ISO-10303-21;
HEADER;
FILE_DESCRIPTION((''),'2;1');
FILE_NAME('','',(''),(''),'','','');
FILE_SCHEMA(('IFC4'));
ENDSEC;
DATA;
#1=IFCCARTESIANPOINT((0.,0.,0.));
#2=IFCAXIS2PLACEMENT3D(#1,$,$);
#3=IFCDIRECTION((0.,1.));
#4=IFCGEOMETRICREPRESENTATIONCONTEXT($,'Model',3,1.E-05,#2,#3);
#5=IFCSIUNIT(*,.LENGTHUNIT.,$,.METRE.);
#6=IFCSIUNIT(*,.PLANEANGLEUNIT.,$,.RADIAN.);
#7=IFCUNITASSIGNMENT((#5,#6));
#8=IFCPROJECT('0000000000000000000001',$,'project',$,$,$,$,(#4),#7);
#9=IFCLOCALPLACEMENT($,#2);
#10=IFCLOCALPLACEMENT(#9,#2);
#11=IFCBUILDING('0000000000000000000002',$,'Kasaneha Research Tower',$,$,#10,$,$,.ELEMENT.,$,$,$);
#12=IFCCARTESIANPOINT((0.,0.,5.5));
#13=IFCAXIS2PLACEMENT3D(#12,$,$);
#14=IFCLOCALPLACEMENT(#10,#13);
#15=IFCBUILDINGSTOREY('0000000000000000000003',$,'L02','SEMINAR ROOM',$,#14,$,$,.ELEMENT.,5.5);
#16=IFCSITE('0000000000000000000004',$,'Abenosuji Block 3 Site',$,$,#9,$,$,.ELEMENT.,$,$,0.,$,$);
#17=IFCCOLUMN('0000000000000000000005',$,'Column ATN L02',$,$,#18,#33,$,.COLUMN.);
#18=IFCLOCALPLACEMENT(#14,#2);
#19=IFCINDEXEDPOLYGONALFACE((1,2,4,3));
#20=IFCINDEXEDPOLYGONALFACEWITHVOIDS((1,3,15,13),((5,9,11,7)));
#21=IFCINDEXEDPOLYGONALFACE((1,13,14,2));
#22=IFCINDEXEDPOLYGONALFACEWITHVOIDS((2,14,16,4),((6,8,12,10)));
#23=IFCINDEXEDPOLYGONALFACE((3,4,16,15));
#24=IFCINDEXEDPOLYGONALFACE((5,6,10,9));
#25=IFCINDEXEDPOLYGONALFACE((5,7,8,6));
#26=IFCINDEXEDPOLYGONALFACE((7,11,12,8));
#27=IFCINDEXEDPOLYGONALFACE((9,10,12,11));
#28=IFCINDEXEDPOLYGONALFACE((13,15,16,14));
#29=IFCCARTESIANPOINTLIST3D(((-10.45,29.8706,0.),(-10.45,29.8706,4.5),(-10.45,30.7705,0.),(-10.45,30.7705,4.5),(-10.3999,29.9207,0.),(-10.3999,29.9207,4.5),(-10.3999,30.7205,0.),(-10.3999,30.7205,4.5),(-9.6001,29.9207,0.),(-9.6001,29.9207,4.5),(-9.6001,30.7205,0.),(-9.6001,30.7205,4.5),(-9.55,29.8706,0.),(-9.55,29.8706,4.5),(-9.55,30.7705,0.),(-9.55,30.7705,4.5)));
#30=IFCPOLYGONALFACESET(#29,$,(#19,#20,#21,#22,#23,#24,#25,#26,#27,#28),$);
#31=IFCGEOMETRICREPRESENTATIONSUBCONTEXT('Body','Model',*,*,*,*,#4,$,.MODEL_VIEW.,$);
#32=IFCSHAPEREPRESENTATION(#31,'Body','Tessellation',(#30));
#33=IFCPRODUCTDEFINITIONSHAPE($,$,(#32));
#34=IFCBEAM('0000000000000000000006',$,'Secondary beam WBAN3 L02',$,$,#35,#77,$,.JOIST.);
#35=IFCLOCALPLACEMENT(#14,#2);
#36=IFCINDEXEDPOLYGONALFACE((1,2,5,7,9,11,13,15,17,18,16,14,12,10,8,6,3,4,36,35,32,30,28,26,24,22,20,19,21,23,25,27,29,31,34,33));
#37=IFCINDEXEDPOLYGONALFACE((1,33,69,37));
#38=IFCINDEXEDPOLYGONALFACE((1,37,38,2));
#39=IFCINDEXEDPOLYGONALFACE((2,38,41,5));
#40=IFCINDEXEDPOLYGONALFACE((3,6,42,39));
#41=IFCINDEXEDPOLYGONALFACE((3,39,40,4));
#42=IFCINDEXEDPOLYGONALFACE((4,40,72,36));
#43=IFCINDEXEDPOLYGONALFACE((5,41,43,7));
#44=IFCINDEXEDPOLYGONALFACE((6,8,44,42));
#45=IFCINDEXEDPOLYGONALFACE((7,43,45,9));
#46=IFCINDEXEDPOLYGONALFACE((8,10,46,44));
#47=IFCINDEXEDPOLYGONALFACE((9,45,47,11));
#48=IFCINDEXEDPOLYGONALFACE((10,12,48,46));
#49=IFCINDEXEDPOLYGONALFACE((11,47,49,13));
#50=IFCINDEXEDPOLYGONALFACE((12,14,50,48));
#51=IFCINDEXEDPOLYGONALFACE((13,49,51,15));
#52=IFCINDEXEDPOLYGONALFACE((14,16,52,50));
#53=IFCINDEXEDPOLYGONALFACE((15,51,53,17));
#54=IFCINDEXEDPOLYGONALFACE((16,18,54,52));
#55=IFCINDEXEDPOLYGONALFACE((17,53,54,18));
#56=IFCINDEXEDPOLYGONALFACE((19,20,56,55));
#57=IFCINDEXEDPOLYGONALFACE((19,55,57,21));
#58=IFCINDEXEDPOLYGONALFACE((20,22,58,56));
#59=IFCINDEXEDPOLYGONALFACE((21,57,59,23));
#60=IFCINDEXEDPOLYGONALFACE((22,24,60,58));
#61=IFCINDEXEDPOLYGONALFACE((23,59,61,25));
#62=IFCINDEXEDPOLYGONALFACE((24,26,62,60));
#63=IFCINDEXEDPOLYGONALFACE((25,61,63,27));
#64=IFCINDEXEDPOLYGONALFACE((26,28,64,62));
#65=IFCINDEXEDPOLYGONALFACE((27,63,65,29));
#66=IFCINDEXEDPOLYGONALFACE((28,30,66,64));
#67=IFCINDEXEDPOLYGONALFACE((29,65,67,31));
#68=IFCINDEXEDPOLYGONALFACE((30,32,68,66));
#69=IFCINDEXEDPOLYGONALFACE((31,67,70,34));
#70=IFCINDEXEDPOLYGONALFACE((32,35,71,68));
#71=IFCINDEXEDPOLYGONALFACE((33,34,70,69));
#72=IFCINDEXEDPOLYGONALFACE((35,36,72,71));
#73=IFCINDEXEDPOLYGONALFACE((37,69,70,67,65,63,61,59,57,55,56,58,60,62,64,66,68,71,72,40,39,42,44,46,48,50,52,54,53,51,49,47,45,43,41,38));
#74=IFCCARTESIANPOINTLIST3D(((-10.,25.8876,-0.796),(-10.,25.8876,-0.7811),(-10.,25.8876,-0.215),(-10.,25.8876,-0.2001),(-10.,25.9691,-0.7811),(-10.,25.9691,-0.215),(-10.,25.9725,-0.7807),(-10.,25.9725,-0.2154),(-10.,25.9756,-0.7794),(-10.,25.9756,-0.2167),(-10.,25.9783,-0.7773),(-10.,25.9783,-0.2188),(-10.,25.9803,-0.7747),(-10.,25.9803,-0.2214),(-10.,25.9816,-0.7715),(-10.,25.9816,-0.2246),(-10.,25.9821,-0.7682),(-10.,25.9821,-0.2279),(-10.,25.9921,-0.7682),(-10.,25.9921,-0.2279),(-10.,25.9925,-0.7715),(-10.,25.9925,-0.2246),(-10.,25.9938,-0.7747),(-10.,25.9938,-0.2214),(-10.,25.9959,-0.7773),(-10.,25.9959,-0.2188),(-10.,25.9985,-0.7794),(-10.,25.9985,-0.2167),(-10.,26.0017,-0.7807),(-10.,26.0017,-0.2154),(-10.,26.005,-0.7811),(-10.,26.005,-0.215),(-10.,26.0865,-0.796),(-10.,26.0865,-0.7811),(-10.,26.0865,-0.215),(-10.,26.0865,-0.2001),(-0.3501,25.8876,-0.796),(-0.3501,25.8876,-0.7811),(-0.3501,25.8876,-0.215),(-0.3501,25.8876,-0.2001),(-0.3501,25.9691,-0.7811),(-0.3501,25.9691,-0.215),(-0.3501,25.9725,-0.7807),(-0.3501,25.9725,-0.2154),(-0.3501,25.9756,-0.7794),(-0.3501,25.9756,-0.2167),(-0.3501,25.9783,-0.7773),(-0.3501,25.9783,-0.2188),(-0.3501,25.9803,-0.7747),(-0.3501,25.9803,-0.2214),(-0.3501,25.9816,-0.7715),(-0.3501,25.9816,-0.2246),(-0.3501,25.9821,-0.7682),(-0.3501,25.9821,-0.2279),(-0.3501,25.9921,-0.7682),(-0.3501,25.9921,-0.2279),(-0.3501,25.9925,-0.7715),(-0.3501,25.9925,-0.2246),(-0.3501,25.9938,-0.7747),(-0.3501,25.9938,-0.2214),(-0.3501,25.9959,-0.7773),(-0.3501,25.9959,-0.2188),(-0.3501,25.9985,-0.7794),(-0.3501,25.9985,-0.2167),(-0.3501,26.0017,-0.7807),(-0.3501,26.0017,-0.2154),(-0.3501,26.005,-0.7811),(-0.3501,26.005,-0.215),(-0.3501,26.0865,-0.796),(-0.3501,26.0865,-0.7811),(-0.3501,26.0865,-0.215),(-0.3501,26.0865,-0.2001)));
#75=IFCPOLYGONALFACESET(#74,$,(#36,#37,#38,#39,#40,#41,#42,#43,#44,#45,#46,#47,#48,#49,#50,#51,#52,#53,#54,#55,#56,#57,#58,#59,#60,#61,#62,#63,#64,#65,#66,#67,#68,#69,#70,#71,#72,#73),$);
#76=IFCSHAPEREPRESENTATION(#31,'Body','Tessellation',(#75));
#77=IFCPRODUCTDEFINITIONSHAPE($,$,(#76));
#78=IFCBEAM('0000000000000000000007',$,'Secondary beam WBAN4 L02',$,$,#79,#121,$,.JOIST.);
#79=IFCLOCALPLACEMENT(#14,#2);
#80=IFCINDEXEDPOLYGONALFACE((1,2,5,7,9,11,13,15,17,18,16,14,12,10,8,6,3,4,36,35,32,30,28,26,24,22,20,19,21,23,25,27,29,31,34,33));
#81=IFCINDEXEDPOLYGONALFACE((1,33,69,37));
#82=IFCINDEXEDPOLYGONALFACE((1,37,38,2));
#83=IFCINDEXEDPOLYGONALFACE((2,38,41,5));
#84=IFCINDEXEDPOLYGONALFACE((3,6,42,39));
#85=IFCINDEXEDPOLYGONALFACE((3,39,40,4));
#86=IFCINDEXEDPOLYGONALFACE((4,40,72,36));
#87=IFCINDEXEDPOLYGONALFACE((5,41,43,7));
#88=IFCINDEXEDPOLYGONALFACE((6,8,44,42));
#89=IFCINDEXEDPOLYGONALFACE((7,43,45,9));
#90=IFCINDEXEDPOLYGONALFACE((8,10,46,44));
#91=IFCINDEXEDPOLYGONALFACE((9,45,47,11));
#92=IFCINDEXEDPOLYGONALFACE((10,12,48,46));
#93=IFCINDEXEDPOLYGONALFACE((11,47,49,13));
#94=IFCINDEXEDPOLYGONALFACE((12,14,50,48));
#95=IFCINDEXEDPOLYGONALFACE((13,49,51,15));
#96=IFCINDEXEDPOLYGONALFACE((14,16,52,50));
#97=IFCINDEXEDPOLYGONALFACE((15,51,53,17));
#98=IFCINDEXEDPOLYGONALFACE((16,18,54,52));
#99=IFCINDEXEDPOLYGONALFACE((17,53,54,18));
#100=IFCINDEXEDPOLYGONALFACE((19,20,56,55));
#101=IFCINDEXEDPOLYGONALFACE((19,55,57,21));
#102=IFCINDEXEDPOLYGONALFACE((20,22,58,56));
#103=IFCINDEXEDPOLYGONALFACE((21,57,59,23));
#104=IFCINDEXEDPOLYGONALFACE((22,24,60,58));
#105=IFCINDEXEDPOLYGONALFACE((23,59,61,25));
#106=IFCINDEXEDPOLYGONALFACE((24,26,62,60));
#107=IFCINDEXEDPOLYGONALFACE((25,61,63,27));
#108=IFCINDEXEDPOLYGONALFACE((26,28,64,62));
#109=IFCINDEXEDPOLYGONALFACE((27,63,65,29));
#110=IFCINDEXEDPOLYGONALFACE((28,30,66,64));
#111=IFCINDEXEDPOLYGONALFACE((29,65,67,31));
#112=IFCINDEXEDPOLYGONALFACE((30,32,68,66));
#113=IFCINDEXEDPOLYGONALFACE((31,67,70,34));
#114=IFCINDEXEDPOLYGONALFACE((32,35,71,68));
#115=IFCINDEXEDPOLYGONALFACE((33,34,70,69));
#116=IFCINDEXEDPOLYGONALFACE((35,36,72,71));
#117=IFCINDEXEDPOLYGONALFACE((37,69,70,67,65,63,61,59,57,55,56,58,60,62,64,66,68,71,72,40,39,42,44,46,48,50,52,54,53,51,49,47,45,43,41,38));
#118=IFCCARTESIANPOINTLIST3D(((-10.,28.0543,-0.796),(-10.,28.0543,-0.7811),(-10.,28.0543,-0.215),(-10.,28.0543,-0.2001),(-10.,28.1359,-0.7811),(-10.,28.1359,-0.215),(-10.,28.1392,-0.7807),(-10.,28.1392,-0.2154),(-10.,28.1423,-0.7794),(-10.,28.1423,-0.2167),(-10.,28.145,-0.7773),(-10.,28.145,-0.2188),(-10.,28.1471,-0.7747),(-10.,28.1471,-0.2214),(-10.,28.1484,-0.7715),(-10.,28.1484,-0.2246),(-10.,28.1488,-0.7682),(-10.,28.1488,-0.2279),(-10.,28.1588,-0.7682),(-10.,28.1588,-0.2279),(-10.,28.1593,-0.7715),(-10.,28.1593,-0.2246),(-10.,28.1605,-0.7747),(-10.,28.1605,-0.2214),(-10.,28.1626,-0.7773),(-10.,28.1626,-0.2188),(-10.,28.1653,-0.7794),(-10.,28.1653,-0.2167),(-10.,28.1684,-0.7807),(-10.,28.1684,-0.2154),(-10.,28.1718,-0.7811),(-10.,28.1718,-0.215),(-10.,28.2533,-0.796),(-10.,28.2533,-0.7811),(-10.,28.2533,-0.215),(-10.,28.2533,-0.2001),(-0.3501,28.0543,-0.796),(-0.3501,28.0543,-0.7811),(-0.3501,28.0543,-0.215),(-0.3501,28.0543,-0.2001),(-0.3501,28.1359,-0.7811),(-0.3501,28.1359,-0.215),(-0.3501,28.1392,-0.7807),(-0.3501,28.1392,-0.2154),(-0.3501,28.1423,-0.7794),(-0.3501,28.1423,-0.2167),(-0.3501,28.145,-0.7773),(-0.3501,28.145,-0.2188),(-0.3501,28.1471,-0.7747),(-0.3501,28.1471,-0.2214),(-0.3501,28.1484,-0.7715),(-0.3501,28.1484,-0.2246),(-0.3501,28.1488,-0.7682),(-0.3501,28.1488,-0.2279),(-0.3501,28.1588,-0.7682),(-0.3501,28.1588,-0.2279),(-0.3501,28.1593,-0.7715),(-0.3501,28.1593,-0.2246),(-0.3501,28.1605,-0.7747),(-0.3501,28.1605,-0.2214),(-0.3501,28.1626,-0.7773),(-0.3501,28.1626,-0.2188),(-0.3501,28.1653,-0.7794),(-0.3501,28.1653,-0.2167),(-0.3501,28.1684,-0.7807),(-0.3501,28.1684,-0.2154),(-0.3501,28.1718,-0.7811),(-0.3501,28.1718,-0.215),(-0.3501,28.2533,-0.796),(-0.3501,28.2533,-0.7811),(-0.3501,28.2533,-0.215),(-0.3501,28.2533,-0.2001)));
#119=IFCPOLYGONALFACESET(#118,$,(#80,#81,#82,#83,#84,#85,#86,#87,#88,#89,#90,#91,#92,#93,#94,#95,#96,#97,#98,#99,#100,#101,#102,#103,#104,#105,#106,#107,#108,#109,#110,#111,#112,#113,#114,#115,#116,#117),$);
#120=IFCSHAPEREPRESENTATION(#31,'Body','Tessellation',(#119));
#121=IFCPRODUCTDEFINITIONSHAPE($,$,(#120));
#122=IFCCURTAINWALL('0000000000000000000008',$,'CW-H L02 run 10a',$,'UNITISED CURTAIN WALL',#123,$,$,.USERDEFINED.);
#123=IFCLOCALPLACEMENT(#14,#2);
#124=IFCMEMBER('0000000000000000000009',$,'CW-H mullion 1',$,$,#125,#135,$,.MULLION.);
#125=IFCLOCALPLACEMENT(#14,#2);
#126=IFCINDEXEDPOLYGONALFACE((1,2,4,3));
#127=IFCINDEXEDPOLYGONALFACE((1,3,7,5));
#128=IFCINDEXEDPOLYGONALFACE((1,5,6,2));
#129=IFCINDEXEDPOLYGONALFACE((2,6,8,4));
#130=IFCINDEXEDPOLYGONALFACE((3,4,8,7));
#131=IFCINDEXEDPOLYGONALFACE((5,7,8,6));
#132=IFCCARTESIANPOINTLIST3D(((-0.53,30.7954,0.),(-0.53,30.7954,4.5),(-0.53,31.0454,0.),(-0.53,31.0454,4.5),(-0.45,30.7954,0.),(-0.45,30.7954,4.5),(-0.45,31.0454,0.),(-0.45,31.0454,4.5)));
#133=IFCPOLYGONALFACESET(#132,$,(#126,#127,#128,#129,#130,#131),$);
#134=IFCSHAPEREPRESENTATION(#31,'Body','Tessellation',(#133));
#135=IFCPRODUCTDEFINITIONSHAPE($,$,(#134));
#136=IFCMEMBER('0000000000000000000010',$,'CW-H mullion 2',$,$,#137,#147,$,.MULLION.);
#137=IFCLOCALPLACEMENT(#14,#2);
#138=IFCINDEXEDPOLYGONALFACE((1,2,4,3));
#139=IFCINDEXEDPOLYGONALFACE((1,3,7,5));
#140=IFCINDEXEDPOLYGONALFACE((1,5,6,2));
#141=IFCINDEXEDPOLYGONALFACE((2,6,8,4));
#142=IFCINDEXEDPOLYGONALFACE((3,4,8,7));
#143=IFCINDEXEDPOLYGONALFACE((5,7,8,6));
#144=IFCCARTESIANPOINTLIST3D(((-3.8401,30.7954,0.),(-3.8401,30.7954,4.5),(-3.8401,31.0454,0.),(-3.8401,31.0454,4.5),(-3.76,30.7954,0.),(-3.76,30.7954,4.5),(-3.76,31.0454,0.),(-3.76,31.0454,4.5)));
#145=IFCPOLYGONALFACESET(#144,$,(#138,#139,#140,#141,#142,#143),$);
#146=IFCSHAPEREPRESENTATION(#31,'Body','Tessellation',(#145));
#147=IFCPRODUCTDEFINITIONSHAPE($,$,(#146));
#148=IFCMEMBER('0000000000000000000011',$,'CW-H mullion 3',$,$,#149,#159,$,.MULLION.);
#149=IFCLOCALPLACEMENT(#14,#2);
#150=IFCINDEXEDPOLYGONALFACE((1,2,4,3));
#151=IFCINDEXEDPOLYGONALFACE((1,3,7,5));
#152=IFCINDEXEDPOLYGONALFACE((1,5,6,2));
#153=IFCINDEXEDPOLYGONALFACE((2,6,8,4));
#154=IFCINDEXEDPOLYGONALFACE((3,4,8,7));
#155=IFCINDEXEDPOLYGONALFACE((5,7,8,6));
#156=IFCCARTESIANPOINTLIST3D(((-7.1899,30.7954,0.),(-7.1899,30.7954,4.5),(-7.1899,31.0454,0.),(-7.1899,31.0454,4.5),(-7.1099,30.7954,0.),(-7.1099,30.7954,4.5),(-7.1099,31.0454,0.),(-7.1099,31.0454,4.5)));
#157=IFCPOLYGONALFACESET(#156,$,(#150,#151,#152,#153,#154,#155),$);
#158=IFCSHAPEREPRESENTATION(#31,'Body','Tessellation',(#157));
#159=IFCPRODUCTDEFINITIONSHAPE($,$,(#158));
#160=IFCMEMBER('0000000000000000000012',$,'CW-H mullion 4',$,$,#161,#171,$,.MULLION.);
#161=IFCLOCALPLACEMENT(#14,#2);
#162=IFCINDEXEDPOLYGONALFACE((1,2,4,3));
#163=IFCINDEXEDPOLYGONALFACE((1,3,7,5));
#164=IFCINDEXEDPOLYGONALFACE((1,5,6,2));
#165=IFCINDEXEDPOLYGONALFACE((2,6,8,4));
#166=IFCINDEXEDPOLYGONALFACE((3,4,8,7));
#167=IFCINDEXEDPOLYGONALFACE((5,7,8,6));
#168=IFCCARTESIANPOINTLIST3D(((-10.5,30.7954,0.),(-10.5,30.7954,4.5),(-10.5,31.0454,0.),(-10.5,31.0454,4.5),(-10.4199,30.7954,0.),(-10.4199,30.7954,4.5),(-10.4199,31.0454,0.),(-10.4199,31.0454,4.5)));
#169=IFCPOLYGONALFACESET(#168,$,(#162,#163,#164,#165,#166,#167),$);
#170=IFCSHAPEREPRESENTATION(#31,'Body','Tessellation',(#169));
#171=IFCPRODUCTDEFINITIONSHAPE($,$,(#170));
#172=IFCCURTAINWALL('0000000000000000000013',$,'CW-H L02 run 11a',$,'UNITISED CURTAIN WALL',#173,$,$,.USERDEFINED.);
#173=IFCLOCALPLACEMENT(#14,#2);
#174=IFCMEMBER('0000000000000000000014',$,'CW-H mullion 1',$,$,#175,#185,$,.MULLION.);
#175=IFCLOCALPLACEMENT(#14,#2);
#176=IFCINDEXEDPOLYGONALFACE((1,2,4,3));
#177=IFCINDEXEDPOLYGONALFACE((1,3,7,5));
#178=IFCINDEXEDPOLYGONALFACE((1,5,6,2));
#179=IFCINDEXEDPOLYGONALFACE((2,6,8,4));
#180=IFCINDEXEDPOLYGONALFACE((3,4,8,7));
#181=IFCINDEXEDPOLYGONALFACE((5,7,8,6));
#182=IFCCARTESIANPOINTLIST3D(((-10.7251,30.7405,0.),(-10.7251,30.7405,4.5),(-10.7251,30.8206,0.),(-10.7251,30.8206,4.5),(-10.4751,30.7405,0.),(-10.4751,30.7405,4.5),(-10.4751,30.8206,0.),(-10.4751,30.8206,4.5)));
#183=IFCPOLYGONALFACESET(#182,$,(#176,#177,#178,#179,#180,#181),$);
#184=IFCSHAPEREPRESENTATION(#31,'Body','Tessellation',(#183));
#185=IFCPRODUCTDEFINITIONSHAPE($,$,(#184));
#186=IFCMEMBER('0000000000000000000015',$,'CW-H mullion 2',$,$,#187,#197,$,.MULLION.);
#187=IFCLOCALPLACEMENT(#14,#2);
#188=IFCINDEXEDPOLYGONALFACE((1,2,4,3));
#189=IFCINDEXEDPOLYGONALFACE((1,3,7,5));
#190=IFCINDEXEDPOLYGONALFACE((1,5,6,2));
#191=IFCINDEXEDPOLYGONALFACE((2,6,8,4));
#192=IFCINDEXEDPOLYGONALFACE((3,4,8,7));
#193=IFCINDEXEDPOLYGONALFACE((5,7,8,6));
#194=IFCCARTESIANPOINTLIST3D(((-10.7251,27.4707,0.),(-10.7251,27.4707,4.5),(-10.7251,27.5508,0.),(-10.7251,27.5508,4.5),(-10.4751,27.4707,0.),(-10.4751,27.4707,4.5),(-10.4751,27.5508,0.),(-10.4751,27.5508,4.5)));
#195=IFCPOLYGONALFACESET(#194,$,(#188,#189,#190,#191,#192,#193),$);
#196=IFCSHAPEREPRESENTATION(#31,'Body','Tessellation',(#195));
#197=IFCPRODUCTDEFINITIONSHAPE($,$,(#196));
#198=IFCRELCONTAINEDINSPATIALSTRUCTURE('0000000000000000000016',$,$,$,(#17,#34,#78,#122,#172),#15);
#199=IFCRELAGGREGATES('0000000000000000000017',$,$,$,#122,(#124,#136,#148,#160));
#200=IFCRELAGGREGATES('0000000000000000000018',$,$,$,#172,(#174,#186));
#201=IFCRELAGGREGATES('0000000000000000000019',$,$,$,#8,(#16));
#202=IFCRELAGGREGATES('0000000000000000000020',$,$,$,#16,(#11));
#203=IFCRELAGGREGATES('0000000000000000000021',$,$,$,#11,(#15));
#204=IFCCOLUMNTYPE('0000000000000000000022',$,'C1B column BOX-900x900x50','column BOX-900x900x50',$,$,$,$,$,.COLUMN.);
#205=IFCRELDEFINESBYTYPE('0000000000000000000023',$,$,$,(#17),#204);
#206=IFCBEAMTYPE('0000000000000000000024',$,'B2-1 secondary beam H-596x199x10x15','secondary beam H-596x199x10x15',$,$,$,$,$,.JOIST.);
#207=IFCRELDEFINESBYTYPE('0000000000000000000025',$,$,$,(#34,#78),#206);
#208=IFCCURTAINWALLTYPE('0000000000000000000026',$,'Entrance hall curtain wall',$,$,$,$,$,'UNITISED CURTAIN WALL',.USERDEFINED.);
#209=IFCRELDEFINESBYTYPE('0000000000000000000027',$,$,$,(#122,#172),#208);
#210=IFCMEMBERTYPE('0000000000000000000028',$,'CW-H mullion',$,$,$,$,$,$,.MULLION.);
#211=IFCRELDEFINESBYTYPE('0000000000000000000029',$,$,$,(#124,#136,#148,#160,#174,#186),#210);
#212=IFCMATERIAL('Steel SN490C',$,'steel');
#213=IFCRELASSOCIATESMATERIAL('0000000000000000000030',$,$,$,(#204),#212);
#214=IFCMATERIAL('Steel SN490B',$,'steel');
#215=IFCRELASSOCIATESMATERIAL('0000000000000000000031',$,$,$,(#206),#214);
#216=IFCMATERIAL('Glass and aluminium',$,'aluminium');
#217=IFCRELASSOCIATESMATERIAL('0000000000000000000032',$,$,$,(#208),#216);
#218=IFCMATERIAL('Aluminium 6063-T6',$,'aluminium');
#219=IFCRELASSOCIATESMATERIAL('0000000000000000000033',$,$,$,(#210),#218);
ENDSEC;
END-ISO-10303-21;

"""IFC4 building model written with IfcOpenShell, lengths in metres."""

from ifc_helpers import new_model, si_unit, direction, frame, origin, origin_2d, place, context, subcontext, project, spatial, rectangle, hollow_rectangle, i_section, extrude, material, material_profile, profile_set, type_object, element, aggregate, save


model = new_model("IFC4")

# Units and contexts
model_context = context("Model", 3, precision=1e-05, world=origin(), true_north=direction((0.0, 1.0)))
body_context = subcontext(model_context, "Body", "Model", "MODEL_VIEW")
ifc_project = project(units=[si_unit("LENGTHUNIT", "METRE"), si_unit("PLANEANGLEUNIT", "RADIAN")], contexts=[model_context])

# Site, building, storey
site_placement = place(None, origin())
site = spatial("IfcSite", under=ifc_project, at=site_placement, Name="Abenosuji Block 3 Site", CompositionType="ELEMENT", RefElevation=0.0)
building_placement = place(site_placement, origin())
building = spatial("IfcBuilding", under=site, at=building_placement, Name="Kasaneha Research Tower", CompositionType="ELEMENT")
storey_placement = place(building_placement, frame((0.0, 0.0, 5.5)))
storey = spatial("IfcBuildingStorey", under=building, at=storey_placement, Name="L02", Description="SEMINAR ROOM", CompositionType="ELEMENT", Elevation=5.5)

# Column
ifc_material_1 = material(Name="Steel SN490C", Category="steel")
ifc_material_profile_1 = material_profile(ifc_material_1, hollow_rectangle(XDim=0.8999, YDim=0.8999, WallThickness=0.05, at=origin_2d()), Name="BOX-900x900x50")
ifc_profile_set_1 = profile_set([ifc_material_profile_1], Name="Steel SN490C")
column_type = type_object("IfcColumnType", Name="C1B column BOX-900x900x50", Description="column BOX-900x900x50", PredefinedType="COLUMN", material=ifc_profile_set_1)
column_placement = place(storey_placement, frame((-10.0, 30.3206, 0.0), z_axis=(0.0, 0.0, 1.0), x_axis=(1.0, 0.0, 0.0)))
element("IfcColumn", 1, at=column_placement, inside=storey, type_object=column_type, Name="Column ATN L02", PredefinedType="COLUMN", context=body_context, shape_type="SweptSolid", body=[
    extrude(hollow_rectangle(XDim=0.8999, YDim=0.8999, WallThickness=0.05, at=origin_2d()), origin(), (0.0, 0.0, 1.0), 4.5),
])

# Beams
ifc_material_2 = material(Name="Steel SN490B", Category="steel")
ifc_material_profile_2 = material_profile(ifc_material_2, i_section(OverallWidth=0.199, OverallDepth=0.5959, WebThickness=0.01, FlangeThickness=0.0149, FilletRadius=0.0129, at=origin_2d()), Name="H-596x199x10x15")
ifc_profile_set_2 = profile_set([ifc_material_profile_2], Name="Steel SN490B")
beam_type_1 = type_object("IfcBeamType", Name="B2-1 secondary beam H-596x199x10x15", Description="secondary beam H-596x199x10x15", PredefinedType="JOIST", material=ifc_profile_set_2)
for number, where, z_axis, x_axis, name in (
    (2, (-10.0, 25.9871, -0.498), (1.0, 0.0, 0.0), (0.0, 1.0, 0.0), "Secondary beam WBAN3 L02"),
    (3, (-10.0, 28.1538, -0.498), (1.0, 0.0, 0.0), (0.0, 1.0, 0.0), "Secondary beam WBAN4 L02"),
):
    element("IfcBeam", number, at=place(storey_placement, frame(where, z_axis=z_axis, x_axis=x_axis)), inside=storey, type_object=beam_type_1, Name=name, PredefinedType="JOIST", context=body_context, shape_type="SweptSolid", body=[
        extrude(i_section(OverallWidth=0.199, OverallDepth=0.5959, WebThickness=0.01, FlangeThickness=0.0149, FilletRadius=0.0129, at=origin_2d()), origin(), (0.0, 0.0, 1.0), 9.6499),
    ])

# Curtain walls, members
ifc_material_3 = material(Name="Glass and aluminium", Category="aluminium")
curtain_wall_type = type_object("IfcCurtainWallType", Name="Entrance hall curtain wall", ElementType="UNITISED CURTAIN WALL", PredefinedType="USERDEFINED", material=ifc_material_3)
curtain_wall_1_placement = place(storey_placement, origin())
curtain_wall_1 = element("IfcCurtainWall", 4, at=curtain_wall_1_placement, inside=storey, type_object=curtain_wall_type, Name="CW-H L02 run 10a", ObjectType="UNITISED CURTAIN WALL", PredefinedType="USERDEFINED")
ifc_material_4 = material(Name="Aluminium 6063-T6", Category="aluminium")
ifc_material_profile_3 = material_profile(ifc_material_4, rectangle(XDim=0.0801, YDim=0.25, at=origin_2d()), Name="CW-H mullion 80x250")
ifc_profile_set_3 = profile_set([ifc_material_profile_3], Name="Aluminium 6063-T6")
member_type_1 = type_object("IfcMemberType", Name="CW-H mullion", PredefinedType="MULLION", material=ifc_profile_set_3)
member_1_placement = place(storey_placement, frame((-0.49, 30.9204, 0.0), z_axis=(0.0, 0.0, 1.0), x_axis=(-1.0, 0.0, 0.0)))
member_1 = element("IfcMember", 5, at=member_1_placement, type_object=member_type_1, Name="CW-H mullion 1", PredefinedType="MULLION", context=body_context, shape_type="SweptSolid", body=[
    extrude(rectangle(XDim=0.0801, YDim=0.25, at=origin_2d()), origin(), (0.0, 0.0, 1.0), 4.5),
])
member_2_placement = place(storey_placement, frame((-3.8, 30.9204, 0.0), z_axis=(0.0, 0.0, 1.0), x_axis=(-1.0, 0.0, 0.0)))
member_2 = element("IfcMember", 6, at=member_2_placement, type_object=member_type_1, Name="CW-H mullion 2", PredefinedType="MULLION", context=body_context, shape_type="SweptSolid", body=[
    extrude(rectangle(XDim=0.0801, YDim=0.25, at=origin_2d()), origin(), (0.0, 0.0, 1.0), 4.5),
])
member_3_placement = place(storey_placement, frame((-7.1499, 30.9204, 0.0), z_axis=(0.0, 0.0, 1.0), x_axis=(-1.0, 0.0, 0.0)))
member_3 = element("IfcMember", 7, at=member_3_placement, type_object=member_type_1, Name="CW-H mullion 3", PredefinedType="MULLION", context=body_context, shape_type="SweptSolid", body=[
    extrude(rectangle(XDim=0.0801, YDim=0.25, at=origin_2d()), origin(), (0.0, 0.0, 1.0), 4.5),
])
member_4_placement = place(storey_placement, frame((-10.46, 30.9204, 0.0), z_axis=(0.0, 0.0, 1.0), x_axis=(-1.0, 0.0, 0.0)))
member_4 = element("IfcMember", 8, at=member_4_placement, type_object=member_type_1, Name="CW-H mullion 4", PredefinedType="MULLION", context=body_context, shape_type="SweptSolid", body=[
    extrude(rectangle(XDim=0.0801, YDim=0.25, at=origin_2d()), origin(), (0.0, 0.0, 1.0), 4.5),
])
curtain_wall_2_placement = place(storey_placement, origin())
curtain_wall_2 = element("IfcCurtainWall", 9, at=curtain_wall_2_placement, inside=storey, type_object=curtain_wall_type, Name="CW-H L02 run 11a", ObjectType="UNITISED CURTAIN WALL", PredefinedType="USERDEFINED")
member_5_placement = place(storey_placement, frame((-10.6001, 30.7805, 0.0), z_axis=(0.0, 0.0, 1.0), x_axis=(0.0, -1.0, 0.0)))
member_5 = element("IfcMember", 10, at=member_5_placement, type_object=member_type_1, Name="CW-H mullion 1", PredefinedType="MULLION", context=body_context, shape_type="SweptSolid", body=[
    extrude(rectangle(XDim=0.0801, YDim=0.25, at=origin_2d()), origin(), (0.0, 0.0, 1.0), 4.5),
])
member_6_placement = place(storey_placement, frame((-10.6001, 27.5107, 0.0), z_axis=(0.0, 0.0, 1.0), x_axis=(0.0, -1.0, 0.0)))
member_6 = element("IfcMember", 11, at=member_6_placement, type_object=member_type_1, Name="CW-H mullion 2", PredefinedType="MULLION", context=body_context, shape_type="SweptSolid", body=[
    extrude(rectangle(XDim=0.0801, YDim=0.25, at=origin_2d()), origin(), (0.0, 0.0, 1.0), 4.5),
])

aggregate(curtain_wall_1, [member_1, member_2, member_3, member_4])
aggregate(curtain_wall_2, [member_5, member_6])

save(model, "model.ifc")
